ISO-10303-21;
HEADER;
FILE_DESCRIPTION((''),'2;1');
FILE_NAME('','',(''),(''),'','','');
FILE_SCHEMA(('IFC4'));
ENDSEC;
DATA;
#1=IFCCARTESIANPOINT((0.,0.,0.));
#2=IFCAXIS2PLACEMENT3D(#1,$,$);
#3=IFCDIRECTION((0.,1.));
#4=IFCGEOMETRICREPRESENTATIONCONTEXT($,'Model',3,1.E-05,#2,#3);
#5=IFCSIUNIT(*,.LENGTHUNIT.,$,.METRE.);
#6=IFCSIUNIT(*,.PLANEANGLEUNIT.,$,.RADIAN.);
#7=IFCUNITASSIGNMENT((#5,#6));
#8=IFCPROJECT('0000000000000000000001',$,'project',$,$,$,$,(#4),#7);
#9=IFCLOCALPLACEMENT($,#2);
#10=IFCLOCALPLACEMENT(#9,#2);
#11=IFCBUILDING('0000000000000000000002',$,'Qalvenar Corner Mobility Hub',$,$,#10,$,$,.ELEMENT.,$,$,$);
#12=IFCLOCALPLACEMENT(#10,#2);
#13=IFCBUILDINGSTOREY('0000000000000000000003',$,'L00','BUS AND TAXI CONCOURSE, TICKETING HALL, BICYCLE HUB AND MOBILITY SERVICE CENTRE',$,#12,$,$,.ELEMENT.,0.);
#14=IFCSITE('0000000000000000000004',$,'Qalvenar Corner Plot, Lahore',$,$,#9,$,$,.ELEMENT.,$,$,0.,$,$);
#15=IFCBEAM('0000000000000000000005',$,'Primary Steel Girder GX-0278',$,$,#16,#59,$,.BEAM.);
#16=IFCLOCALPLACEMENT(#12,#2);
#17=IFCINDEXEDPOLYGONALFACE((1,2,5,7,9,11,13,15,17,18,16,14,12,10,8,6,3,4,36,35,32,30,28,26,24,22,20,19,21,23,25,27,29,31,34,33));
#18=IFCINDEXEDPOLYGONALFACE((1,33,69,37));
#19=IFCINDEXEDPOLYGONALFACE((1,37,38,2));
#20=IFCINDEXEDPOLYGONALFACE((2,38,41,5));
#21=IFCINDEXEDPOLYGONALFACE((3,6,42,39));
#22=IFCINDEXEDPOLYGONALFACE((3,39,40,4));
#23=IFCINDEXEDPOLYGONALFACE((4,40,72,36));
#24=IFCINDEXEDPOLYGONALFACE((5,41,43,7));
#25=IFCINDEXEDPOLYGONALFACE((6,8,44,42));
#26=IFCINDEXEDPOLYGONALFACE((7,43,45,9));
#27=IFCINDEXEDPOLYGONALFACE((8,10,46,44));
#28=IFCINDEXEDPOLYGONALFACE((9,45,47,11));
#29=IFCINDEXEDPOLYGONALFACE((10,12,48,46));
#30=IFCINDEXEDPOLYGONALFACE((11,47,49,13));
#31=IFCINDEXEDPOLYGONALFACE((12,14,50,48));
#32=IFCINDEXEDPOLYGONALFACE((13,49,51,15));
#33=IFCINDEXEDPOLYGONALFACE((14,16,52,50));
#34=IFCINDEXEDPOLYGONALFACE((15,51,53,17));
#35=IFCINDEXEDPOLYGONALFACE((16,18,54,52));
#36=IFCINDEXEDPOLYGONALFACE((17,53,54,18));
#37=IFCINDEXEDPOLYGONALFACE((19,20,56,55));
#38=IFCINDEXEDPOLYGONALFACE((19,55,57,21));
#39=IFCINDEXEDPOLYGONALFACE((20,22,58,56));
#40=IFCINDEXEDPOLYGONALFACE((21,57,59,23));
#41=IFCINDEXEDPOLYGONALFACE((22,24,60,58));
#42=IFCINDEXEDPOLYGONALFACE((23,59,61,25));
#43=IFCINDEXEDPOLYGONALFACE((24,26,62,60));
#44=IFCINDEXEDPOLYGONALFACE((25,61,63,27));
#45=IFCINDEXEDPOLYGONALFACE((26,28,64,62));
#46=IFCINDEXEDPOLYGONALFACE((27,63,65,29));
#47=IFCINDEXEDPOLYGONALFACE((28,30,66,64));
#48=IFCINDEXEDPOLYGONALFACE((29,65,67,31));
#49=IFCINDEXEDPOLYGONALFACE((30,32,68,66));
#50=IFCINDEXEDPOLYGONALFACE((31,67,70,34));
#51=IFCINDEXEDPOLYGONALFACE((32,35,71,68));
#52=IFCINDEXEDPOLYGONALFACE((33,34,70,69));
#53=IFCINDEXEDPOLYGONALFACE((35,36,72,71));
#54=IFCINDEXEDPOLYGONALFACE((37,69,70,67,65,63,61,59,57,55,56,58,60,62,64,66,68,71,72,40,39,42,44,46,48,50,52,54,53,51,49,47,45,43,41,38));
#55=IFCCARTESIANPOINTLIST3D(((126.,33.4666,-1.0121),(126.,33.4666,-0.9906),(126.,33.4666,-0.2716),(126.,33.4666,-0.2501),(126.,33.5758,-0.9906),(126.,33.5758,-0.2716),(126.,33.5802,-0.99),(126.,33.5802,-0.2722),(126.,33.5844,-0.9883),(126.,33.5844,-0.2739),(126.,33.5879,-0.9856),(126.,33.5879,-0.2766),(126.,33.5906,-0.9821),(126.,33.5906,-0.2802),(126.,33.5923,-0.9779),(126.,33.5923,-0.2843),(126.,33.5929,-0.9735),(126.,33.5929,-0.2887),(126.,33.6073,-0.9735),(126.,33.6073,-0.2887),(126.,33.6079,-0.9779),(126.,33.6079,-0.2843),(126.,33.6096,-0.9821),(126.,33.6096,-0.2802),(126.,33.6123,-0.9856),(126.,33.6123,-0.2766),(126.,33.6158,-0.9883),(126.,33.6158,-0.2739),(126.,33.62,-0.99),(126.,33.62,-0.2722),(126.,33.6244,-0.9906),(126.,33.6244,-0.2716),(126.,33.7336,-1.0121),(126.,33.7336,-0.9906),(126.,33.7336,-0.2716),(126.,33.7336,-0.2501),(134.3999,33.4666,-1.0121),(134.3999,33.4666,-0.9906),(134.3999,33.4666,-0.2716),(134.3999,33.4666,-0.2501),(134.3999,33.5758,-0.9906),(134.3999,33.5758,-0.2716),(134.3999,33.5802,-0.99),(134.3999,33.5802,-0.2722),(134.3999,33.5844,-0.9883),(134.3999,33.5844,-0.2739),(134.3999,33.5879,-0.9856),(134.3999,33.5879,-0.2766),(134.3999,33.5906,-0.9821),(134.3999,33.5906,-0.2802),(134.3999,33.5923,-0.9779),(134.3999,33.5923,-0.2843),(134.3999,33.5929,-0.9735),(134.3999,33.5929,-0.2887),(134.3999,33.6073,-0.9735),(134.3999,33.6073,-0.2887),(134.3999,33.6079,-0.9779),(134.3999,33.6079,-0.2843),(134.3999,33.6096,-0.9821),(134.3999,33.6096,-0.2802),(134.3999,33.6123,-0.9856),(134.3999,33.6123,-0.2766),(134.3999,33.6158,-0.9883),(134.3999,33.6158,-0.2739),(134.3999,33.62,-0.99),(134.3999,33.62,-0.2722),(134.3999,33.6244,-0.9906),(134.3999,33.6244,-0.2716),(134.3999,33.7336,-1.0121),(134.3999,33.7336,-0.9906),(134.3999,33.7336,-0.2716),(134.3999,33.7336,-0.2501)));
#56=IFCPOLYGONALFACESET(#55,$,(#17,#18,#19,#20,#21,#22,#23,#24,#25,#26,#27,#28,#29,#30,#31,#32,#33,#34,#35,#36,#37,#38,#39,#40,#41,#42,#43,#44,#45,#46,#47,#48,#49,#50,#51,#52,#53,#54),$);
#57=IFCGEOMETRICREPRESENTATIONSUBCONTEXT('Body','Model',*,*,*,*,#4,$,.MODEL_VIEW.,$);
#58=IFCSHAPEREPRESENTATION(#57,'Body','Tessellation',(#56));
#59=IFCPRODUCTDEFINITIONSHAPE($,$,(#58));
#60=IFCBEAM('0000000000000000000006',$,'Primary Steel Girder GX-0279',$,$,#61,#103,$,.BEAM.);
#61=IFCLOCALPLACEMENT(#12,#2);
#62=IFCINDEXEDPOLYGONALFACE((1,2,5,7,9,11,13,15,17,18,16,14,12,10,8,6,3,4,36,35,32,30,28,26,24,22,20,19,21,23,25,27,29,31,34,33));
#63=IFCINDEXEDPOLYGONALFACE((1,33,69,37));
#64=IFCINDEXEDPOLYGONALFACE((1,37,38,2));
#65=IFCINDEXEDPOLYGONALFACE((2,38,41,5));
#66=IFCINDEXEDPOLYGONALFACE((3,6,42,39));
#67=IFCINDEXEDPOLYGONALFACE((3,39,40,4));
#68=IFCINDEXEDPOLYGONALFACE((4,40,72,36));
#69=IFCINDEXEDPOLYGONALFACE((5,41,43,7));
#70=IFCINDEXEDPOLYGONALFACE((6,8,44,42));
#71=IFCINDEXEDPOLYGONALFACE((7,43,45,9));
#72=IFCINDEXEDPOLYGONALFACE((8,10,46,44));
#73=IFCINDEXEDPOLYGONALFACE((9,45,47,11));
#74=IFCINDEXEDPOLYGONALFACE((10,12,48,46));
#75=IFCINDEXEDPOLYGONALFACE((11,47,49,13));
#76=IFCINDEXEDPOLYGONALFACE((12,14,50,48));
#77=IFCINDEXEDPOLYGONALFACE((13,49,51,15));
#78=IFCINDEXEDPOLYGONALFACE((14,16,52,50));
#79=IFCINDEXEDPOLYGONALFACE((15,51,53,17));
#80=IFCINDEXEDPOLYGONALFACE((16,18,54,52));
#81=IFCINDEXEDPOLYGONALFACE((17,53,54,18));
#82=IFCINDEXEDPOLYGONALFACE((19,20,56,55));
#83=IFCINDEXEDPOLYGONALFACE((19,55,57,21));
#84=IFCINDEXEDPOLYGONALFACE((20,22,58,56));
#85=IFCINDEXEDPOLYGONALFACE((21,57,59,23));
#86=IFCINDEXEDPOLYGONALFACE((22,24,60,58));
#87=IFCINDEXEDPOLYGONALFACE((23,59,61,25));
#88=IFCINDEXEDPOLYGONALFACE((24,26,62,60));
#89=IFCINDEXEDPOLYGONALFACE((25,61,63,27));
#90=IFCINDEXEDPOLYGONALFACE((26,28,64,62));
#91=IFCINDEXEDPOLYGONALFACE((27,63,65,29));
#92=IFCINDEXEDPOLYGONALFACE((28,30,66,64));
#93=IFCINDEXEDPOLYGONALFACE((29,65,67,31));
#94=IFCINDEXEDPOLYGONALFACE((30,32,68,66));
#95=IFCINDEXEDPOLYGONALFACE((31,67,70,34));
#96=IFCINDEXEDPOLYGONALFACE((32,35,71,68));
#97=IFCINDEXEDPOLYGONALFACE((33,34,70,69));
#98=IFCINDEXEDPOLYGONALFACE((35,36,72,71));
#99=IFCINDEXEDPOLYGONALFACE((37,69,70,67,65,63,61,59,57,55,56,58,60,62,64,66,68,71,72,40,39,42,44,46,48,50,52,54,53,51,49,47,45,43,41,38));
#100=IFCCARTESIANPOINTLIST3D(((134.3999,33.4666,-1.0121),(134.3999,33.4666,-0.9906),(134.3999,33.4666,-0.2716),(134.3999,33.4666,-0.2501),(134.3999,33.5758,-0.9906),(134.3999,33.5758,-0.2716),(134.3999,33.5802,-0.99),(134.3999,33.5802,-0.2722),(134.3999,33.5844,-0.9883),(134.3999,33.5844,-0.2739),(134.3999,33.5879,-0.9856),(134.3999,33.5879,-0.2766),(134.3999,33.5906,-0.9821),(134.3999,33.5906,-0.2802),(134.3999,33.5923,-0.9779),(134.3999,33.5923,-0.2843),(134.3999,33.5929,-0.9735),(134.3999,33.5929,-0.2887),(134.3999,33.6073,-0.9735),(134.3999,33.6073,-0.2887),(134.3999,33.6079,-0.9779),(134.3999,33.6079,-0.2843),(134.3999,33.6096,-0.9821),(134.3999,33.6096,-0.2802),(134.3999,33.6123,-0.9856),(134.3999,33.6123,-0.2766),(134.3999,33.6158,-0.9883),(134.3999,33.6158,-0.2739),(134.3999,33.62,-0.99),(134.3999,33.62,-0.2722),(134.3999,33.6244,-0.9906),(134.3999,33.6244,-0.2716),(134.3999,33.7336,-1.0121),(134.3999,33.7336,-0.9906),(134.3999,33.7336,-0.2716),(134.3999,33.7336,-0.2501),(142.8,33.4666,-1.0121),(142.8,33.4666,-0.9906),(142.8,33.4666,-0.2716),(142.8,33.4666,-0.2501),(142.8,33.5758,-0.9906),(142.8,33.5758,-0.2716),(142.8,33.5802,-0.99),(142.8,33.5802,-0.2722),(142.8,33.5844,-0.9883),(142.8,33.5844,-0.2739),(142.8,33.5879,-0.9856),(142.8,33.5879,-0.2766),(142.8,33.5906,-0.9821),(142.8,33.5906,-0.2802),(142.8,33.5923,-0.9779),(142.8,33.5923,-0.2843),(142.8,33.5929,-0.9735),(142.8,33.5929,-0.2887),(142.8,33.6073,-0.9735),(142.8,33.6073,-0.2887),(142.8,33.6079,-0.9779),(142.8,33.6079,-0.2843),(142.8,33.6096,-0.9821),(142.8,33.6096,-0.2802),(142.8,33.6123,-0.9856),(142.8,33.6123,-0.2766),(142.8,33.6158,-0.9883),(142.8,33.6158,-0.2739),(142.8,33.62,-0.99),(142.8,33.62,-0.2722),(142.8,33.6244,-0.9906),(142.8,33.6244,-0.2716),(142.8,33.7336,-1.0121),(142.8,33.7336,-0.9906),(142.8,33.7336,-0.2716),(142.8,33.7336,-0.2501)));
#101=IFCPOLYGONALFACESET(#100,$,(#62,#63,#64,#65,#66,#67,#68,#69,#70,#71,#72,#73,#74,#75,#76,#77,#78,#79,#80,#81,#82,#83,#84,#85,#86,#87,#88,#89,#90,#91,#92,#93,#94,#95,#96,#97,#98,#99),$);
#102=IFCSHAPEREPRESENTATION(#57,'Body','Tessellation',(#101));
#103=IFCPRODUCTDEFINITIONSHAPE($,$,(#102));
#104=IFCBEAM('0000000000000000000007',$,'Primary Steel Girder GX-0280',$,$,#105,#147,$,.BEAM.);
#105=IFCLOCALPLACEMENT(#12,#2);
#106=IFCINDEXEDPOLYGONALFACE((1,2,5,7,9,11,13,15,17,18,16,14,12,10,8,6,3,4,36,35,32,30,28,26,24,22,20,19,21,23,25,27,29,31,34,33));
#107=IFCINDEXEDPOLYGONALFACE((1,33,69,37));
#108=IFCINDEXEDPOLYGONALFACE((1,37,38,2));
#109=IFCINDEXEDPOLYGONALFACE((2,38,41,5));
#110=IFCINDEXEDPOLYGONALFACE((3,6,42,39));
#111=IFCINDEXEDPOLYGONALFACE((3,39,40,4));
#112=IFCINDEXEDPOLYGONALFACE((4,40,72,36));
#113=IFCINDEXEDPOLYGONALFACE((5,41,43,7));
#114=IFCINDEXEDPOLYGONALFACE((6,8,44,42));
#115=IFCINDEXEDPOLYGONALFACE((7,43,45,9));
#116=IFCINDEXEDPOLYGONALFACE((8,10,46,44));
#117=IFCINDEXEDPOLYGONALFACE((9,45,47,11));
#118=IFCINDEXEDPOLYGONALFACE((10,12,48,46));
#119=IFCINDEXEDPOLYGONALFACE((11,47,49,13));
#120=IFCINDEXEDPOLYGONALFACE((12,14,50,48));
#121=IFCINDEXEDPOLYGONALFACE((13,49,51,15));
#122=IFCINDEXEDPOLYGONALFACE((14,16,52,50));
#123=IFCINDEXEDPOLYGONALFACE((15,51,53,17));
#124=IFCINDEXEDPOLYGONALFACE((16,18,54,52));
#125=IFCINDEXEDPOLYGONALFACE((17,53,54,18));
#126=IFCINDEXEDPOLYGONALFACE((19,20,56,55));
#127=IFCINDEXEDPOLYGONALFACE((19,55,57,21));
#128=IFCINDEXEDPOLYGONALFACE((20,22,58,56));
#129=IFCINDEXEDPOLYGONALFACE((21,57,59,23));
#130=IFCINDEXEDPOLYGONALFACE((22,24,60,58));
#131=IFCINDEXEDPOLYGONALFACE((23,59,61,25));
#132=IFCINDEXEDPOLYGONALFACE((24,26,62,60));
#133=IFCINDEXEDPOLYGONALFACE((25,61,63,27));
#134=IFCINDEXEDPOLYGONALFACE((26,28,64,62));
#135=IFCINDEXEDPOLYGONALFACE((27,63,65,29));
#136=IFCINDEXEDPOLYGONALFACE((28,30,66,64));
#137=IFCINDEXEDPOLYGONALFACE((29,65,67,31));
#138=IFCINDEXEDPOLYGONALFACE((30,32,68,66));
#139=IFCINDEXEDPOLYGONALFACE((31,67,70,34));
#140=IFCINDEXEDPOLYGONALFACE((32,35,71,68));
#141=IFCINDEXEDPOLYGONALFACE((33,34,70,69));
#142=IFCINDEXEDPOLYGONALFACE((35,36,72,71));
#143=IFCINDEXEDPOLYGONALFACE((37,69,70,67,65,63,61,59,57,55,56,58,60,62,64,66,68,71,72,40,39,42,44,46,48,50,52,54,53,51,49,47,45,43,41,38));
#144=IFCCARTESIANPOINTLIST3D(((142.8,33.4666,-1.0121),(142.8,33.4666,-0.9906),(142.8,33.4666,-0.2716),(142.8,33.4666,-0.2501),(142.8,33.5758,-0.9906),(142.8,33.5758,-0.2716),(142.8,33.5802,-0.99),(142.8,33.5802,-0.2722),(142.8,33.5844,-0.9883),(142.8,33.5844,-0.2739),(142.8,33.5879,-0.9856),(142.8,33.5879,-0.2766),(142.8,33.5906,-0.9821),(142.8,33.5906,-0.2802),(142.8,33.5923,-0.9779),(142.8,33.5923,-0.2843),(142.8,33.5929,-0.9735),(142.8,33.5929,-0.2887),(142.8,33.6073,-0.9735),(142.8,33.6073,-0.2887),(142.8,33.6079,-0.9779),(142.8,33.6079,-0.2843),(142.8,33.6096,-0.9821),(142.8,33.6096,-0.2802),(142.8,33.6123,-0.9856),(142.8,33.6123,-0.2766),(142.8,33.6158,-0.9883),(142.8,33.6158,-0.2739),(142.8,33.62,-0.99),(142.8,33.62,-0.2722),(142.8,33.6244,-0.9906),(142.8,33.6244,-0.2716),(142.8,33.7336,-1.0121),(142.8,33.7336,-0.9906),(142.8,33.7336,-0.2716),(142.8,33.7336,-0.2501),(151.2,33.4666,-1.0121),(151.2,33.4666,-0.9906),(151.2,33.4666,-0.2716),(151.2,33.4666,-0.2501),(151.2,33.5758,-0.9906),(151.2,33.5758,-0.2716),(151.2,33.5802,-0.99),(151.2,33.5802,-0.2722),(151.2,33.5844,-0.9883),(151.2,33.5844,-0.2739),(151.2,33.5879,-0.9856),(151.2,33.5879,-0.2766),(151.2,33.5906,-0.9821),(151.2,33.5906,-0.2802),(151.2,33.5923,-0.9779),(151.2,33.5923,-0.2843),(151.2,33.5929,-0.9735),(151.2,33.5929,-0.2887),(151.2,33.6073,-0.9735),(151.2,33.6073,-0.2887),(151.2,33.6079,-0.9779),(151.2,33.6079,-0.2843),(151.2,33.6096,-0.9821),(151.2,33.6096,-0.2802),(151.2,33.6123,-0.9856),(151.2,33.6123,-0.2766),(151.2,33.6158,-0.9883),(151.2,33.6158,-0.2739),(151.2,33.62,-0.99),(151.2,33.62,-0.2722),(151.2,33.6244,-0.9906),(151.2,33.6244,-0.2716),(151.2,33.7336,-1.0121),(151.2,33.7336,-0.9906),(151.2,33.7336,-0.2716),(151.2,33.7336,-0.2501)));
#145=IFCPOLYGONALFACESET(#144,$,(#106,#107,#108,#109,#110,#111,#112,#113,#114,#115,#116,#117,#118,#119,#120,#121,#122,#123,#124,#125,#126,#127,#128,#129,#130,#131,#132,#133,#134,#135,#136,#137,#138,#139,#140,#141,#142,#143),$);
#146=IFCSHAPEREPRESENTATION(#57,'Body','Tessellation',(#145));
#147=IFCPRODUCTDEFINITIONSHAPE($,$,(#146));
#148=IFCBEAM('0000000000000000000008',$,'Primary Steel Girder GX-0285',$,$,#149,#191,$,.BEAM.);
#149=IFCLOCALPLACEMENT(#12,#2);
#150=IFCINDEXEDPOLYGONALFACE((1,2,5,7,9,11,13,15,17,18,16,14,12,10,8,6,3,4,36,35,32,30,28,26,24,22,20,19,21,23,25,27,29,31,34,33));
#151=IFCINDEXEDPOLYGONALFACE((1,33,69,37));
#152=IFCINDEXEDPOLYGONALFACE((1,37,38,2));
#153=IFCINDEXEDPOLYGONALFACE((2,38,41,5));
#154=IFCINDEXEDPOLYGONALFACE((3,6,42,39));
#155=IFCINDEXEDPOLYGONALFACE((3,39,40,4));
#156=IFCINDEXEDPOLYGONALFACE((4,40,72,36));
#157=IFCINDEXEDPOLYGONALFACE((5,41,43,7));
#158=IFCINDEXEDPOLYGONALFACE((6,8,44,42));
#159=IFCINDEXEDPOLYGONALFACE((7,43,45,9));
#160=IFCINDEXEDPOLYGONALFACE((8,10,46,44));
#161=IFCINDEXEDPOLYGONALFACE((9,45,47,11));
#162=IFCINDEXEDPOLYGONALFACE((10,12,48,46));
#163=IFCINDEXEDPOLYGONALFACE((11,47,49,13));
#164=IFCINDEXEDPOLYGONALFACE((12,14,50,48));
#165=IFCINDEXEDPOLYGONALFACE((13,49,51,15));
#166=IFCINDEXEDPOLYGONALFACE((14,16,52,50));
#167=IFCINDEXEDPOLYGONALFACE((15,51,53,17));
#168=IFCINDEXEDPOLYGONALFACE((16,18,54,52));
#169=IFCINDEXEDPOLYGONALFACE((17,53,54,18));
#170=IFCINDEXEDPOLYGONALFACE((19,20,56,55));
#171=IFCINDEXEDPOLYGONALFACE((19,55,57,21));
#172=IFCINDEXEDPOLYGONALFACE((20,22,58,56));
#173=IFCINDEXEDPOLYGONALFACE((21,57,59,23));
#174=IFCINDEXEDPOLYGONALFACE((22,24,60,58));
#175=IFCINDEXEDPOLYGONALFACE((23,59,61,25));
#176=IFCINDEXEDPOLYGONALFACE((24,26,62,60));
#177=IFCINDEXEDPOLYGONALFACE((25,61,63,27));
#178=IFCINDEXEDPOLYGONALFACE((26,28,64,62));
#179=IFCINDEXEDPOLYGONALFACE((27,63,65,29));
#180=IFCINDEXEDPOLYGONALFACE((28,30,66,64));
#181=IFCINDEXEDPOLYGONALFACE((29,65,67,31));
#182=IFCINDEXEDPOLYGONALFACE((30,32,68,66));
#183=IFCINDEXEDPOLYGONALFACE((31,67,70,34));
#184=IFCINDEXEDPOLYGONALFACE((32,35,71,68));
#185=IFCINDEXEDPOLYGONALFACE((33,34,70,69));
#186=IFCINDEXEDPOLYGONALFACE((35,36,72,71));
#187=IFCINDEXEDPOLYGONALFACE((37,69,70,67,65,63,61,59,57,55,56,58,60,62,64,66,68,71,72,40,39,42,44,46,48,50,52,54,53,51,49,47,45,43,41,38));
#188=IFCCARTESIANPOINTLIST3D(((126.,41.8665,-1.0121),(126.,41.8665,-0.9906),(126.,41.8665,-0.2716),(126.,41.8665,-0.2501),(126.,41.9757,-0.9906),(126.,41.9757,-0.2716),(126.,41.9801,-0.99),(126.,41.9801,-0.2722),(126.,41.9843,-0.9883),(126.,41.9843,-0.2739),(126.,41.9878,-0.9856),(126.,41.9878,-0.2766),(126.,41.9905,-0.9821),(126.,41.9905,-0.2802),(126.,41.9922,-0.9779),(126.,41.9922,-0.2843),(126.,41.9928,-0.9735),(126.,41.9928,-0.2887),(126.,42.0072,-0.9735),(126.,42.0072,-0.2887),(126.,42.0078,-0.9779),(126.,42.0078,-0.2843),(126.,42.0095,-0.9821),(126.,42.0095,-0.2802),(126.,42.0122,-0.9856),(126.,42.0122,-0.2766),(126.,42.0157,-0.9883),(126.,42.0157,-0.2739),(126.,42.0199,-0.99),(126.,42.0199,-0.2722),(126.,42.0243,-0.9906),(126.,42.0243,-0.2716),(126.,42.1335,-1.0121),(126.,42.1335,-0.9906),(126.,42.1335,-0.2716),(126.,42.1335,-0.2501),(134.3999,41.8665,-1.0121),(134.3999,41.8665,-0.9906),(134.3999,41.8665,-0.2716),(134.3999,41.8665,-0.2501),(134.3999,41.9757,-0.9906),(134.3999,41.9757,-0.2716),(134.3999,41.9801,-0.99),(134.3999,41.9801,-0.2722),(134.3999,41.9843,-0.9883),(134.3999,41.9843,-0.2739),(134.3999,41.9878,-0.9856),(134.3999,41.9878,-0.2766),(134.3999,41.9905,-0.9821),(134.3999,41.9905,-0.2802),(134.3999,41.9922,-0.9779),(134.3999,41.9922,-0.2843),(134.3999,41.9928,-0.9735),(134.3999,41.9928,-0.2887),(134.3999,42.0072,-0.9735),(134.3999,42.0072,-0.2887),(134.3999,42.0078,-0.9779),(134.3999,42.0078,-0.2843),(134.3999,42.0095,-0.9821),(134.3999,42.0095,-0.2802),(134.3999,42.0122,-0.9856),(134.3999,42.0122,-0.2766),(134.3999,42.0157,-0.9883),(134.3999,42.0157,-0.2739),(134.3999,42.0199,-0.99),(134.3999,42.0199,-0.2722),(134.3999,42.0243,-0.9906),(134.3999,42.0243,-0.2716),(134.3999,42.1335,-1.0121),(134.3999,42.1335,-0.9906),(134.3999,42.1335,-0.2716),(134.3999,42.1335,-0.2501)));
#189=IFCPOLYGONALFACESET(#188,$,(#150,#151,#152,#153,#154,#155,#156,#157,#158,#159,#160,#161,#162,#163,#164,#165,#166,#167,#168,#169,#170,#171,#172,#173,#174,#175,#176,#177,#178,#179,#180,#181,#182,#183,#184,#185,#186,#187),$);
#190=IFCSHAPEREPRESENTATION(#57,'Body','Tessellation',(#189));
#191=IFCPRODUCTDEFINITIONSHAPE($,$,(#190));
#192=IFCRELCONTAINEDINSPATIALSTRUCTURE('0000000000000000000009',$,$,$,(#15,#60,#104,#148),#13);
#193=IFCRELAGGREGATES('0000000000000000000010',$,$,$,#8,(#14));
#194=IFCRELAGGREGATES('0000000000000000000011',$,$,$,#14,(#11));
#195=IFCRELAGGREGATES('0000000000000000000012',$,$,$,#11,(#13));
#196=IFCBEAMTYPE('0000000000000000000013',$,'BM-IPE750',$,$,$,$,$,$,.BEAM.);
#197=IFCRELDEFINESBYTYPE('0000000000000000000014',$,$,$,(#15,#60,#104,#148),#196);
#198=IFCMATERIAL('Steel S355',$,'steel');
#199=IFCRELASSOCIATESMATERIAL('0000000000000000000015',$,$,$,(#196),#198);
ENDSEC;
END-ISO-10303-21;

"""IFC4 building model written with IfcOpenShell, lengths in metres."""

from ifc_helpers import new_model, si_unit, direction, frame, origin, origin_2d, place, context, subcontext, project, spatial, i_section, extrude, material, material_profile, profile_set, type_object, element, save


model = new_model("IFC4")

# Units and contexts
model_context = context("Model", 3, precision=1e-05, world=origin(), true_north=direction((0.0, 1.0)))
body_context = subcontext(model_context, "Body", "Model", "MODEL_VIEW")
ifc_project = project(units=[si_unit("LENGTHUNIT", "METRE"), si_unit("PLANEANGLEUNIT", "RADIAN")], contexts=[model_context])

# Site, building, storey
site_placement = place(None, origin())
site = spatial("IfcSite", under=ifc_project, at=site_placement, Name="Qalvenar Corner Plot, Lahore", CompositionType="ELEMENT", RefElevation=0.0)
building_placement = place(site_placement, origin())
building = spatial("IfcBuilding", under=site, at=building_placement, Name="Qalvenar Corner Mobility Hub", CompositionType="ELEMENT")
storey_placement = place(building_placement, origin())
storey = spatial("IfcBuildingStorey", under=building, at=storey_placement, Name="L00", Description="BUS AND TAXI CONCOURSE, TICKETING HALL, BICYCLE HUB AND MOBILITY SERVICE CENTRE", CompositionType="ELEMENT", Elevation=0.0)

# Shared definitions
ifc_material_1 = material(Name="Steel S355", Category="steel")

# Beams
ifc_material_profile_1 = material_profile(ifc_material_1, i_section(OverallWidth=0.2671, OverallDepth=0.762, WebThickness=0.0144, FlangeThickness=0.0215, FilletRadius=0.0171, at=origin_2d()), Name="IPE750x173")
ifc_profile_set_1 = profile_set([ifc_material_profile_1], Name="Steel S355")
beam_type_1 = type_object("IfcBeamType", Name="BM-IPE750", PredefinedType="BEAM", material=ifc_profile_set_1)
beam_1_placement = place(storey_placement, frame((126.0, 33.6001, -0.6311), z_axis=(1.0, 0.0, 0.0), x_axis=(0.0, 1.0, 0.0)))
element("IfcBeam", 1, at=beam_1_placement, inside=storey, type_object=beam_type_1, Name="Primary Steel Girder GX-0278", PredefinedType="BEAM", context=body_context, shape_type="SweptSolid", body=[
    extrude(i_section(OverallWidth=0.2671, OverallDepth=0.762, WebThickness=0.0144, FlangeThickness=0.0215, FilletRadius=0.0171, at=origin_2d()), origin(), (0.0, 0.0, 1.0), 8.3999),
])
beam_2_placement = place(storey_placement, frame((134.3999, 33.6001, -0.6311), z_axis=(1.0, 0.0, 0.0), x_axis=(0.0, 1.0, 0.0)))
element("IfcBeam", 2, at=beam_2_placement, inside=storey, type_object=beam_type_1, Name="Primary Steel Girder GX-0279", PredefinedType="BEAM", context=body_context, shape_type="SweptSolid", body=[
    extrude(i_section(OverallWidth=0.2671, OverallDepth=0.762, WebThickness=0.0144, FlangeThickness=0.0215, FilletRadius=0.0171, at=origin_2d()), origin(), (0.0, 0.0, 1.0), 8.4001),
])
for number, where, z_axis, x_axis, name in (
    (3, (142.8, 33.6001, -0.6311), (1.0, 0.0, 0.0), (0.0, 1.0, 0.0), "Primary Steel Girder GX-0280"),
    (4, (126.0, 42.0, -0.6311), (1.0, 0.0, 0.0), (0.0, 1.0, 0.0), "Primary Steel Girder GX-0285"),
):
    element("IfcBeam", number, at=place(storey_placement, frame(where, z_axis=z_axis, x_axis=x_axis)), inside=storey, type_object=beam_type_1, Name=name, PredefinedType="BEAM", context=body_context, shape_type="SweptSolid", body=[
        extrude(i_section(OverallWidth=0.2671, OverallDepth=0.762, WebThickness=0.0144, FlangeThickness=0.0215, FilletRadius=0.0171, at=origin_2d()), origin(), (0.0, 0.0, 1.0), 8.3999),
    ])

save(model, "model.ifc")
